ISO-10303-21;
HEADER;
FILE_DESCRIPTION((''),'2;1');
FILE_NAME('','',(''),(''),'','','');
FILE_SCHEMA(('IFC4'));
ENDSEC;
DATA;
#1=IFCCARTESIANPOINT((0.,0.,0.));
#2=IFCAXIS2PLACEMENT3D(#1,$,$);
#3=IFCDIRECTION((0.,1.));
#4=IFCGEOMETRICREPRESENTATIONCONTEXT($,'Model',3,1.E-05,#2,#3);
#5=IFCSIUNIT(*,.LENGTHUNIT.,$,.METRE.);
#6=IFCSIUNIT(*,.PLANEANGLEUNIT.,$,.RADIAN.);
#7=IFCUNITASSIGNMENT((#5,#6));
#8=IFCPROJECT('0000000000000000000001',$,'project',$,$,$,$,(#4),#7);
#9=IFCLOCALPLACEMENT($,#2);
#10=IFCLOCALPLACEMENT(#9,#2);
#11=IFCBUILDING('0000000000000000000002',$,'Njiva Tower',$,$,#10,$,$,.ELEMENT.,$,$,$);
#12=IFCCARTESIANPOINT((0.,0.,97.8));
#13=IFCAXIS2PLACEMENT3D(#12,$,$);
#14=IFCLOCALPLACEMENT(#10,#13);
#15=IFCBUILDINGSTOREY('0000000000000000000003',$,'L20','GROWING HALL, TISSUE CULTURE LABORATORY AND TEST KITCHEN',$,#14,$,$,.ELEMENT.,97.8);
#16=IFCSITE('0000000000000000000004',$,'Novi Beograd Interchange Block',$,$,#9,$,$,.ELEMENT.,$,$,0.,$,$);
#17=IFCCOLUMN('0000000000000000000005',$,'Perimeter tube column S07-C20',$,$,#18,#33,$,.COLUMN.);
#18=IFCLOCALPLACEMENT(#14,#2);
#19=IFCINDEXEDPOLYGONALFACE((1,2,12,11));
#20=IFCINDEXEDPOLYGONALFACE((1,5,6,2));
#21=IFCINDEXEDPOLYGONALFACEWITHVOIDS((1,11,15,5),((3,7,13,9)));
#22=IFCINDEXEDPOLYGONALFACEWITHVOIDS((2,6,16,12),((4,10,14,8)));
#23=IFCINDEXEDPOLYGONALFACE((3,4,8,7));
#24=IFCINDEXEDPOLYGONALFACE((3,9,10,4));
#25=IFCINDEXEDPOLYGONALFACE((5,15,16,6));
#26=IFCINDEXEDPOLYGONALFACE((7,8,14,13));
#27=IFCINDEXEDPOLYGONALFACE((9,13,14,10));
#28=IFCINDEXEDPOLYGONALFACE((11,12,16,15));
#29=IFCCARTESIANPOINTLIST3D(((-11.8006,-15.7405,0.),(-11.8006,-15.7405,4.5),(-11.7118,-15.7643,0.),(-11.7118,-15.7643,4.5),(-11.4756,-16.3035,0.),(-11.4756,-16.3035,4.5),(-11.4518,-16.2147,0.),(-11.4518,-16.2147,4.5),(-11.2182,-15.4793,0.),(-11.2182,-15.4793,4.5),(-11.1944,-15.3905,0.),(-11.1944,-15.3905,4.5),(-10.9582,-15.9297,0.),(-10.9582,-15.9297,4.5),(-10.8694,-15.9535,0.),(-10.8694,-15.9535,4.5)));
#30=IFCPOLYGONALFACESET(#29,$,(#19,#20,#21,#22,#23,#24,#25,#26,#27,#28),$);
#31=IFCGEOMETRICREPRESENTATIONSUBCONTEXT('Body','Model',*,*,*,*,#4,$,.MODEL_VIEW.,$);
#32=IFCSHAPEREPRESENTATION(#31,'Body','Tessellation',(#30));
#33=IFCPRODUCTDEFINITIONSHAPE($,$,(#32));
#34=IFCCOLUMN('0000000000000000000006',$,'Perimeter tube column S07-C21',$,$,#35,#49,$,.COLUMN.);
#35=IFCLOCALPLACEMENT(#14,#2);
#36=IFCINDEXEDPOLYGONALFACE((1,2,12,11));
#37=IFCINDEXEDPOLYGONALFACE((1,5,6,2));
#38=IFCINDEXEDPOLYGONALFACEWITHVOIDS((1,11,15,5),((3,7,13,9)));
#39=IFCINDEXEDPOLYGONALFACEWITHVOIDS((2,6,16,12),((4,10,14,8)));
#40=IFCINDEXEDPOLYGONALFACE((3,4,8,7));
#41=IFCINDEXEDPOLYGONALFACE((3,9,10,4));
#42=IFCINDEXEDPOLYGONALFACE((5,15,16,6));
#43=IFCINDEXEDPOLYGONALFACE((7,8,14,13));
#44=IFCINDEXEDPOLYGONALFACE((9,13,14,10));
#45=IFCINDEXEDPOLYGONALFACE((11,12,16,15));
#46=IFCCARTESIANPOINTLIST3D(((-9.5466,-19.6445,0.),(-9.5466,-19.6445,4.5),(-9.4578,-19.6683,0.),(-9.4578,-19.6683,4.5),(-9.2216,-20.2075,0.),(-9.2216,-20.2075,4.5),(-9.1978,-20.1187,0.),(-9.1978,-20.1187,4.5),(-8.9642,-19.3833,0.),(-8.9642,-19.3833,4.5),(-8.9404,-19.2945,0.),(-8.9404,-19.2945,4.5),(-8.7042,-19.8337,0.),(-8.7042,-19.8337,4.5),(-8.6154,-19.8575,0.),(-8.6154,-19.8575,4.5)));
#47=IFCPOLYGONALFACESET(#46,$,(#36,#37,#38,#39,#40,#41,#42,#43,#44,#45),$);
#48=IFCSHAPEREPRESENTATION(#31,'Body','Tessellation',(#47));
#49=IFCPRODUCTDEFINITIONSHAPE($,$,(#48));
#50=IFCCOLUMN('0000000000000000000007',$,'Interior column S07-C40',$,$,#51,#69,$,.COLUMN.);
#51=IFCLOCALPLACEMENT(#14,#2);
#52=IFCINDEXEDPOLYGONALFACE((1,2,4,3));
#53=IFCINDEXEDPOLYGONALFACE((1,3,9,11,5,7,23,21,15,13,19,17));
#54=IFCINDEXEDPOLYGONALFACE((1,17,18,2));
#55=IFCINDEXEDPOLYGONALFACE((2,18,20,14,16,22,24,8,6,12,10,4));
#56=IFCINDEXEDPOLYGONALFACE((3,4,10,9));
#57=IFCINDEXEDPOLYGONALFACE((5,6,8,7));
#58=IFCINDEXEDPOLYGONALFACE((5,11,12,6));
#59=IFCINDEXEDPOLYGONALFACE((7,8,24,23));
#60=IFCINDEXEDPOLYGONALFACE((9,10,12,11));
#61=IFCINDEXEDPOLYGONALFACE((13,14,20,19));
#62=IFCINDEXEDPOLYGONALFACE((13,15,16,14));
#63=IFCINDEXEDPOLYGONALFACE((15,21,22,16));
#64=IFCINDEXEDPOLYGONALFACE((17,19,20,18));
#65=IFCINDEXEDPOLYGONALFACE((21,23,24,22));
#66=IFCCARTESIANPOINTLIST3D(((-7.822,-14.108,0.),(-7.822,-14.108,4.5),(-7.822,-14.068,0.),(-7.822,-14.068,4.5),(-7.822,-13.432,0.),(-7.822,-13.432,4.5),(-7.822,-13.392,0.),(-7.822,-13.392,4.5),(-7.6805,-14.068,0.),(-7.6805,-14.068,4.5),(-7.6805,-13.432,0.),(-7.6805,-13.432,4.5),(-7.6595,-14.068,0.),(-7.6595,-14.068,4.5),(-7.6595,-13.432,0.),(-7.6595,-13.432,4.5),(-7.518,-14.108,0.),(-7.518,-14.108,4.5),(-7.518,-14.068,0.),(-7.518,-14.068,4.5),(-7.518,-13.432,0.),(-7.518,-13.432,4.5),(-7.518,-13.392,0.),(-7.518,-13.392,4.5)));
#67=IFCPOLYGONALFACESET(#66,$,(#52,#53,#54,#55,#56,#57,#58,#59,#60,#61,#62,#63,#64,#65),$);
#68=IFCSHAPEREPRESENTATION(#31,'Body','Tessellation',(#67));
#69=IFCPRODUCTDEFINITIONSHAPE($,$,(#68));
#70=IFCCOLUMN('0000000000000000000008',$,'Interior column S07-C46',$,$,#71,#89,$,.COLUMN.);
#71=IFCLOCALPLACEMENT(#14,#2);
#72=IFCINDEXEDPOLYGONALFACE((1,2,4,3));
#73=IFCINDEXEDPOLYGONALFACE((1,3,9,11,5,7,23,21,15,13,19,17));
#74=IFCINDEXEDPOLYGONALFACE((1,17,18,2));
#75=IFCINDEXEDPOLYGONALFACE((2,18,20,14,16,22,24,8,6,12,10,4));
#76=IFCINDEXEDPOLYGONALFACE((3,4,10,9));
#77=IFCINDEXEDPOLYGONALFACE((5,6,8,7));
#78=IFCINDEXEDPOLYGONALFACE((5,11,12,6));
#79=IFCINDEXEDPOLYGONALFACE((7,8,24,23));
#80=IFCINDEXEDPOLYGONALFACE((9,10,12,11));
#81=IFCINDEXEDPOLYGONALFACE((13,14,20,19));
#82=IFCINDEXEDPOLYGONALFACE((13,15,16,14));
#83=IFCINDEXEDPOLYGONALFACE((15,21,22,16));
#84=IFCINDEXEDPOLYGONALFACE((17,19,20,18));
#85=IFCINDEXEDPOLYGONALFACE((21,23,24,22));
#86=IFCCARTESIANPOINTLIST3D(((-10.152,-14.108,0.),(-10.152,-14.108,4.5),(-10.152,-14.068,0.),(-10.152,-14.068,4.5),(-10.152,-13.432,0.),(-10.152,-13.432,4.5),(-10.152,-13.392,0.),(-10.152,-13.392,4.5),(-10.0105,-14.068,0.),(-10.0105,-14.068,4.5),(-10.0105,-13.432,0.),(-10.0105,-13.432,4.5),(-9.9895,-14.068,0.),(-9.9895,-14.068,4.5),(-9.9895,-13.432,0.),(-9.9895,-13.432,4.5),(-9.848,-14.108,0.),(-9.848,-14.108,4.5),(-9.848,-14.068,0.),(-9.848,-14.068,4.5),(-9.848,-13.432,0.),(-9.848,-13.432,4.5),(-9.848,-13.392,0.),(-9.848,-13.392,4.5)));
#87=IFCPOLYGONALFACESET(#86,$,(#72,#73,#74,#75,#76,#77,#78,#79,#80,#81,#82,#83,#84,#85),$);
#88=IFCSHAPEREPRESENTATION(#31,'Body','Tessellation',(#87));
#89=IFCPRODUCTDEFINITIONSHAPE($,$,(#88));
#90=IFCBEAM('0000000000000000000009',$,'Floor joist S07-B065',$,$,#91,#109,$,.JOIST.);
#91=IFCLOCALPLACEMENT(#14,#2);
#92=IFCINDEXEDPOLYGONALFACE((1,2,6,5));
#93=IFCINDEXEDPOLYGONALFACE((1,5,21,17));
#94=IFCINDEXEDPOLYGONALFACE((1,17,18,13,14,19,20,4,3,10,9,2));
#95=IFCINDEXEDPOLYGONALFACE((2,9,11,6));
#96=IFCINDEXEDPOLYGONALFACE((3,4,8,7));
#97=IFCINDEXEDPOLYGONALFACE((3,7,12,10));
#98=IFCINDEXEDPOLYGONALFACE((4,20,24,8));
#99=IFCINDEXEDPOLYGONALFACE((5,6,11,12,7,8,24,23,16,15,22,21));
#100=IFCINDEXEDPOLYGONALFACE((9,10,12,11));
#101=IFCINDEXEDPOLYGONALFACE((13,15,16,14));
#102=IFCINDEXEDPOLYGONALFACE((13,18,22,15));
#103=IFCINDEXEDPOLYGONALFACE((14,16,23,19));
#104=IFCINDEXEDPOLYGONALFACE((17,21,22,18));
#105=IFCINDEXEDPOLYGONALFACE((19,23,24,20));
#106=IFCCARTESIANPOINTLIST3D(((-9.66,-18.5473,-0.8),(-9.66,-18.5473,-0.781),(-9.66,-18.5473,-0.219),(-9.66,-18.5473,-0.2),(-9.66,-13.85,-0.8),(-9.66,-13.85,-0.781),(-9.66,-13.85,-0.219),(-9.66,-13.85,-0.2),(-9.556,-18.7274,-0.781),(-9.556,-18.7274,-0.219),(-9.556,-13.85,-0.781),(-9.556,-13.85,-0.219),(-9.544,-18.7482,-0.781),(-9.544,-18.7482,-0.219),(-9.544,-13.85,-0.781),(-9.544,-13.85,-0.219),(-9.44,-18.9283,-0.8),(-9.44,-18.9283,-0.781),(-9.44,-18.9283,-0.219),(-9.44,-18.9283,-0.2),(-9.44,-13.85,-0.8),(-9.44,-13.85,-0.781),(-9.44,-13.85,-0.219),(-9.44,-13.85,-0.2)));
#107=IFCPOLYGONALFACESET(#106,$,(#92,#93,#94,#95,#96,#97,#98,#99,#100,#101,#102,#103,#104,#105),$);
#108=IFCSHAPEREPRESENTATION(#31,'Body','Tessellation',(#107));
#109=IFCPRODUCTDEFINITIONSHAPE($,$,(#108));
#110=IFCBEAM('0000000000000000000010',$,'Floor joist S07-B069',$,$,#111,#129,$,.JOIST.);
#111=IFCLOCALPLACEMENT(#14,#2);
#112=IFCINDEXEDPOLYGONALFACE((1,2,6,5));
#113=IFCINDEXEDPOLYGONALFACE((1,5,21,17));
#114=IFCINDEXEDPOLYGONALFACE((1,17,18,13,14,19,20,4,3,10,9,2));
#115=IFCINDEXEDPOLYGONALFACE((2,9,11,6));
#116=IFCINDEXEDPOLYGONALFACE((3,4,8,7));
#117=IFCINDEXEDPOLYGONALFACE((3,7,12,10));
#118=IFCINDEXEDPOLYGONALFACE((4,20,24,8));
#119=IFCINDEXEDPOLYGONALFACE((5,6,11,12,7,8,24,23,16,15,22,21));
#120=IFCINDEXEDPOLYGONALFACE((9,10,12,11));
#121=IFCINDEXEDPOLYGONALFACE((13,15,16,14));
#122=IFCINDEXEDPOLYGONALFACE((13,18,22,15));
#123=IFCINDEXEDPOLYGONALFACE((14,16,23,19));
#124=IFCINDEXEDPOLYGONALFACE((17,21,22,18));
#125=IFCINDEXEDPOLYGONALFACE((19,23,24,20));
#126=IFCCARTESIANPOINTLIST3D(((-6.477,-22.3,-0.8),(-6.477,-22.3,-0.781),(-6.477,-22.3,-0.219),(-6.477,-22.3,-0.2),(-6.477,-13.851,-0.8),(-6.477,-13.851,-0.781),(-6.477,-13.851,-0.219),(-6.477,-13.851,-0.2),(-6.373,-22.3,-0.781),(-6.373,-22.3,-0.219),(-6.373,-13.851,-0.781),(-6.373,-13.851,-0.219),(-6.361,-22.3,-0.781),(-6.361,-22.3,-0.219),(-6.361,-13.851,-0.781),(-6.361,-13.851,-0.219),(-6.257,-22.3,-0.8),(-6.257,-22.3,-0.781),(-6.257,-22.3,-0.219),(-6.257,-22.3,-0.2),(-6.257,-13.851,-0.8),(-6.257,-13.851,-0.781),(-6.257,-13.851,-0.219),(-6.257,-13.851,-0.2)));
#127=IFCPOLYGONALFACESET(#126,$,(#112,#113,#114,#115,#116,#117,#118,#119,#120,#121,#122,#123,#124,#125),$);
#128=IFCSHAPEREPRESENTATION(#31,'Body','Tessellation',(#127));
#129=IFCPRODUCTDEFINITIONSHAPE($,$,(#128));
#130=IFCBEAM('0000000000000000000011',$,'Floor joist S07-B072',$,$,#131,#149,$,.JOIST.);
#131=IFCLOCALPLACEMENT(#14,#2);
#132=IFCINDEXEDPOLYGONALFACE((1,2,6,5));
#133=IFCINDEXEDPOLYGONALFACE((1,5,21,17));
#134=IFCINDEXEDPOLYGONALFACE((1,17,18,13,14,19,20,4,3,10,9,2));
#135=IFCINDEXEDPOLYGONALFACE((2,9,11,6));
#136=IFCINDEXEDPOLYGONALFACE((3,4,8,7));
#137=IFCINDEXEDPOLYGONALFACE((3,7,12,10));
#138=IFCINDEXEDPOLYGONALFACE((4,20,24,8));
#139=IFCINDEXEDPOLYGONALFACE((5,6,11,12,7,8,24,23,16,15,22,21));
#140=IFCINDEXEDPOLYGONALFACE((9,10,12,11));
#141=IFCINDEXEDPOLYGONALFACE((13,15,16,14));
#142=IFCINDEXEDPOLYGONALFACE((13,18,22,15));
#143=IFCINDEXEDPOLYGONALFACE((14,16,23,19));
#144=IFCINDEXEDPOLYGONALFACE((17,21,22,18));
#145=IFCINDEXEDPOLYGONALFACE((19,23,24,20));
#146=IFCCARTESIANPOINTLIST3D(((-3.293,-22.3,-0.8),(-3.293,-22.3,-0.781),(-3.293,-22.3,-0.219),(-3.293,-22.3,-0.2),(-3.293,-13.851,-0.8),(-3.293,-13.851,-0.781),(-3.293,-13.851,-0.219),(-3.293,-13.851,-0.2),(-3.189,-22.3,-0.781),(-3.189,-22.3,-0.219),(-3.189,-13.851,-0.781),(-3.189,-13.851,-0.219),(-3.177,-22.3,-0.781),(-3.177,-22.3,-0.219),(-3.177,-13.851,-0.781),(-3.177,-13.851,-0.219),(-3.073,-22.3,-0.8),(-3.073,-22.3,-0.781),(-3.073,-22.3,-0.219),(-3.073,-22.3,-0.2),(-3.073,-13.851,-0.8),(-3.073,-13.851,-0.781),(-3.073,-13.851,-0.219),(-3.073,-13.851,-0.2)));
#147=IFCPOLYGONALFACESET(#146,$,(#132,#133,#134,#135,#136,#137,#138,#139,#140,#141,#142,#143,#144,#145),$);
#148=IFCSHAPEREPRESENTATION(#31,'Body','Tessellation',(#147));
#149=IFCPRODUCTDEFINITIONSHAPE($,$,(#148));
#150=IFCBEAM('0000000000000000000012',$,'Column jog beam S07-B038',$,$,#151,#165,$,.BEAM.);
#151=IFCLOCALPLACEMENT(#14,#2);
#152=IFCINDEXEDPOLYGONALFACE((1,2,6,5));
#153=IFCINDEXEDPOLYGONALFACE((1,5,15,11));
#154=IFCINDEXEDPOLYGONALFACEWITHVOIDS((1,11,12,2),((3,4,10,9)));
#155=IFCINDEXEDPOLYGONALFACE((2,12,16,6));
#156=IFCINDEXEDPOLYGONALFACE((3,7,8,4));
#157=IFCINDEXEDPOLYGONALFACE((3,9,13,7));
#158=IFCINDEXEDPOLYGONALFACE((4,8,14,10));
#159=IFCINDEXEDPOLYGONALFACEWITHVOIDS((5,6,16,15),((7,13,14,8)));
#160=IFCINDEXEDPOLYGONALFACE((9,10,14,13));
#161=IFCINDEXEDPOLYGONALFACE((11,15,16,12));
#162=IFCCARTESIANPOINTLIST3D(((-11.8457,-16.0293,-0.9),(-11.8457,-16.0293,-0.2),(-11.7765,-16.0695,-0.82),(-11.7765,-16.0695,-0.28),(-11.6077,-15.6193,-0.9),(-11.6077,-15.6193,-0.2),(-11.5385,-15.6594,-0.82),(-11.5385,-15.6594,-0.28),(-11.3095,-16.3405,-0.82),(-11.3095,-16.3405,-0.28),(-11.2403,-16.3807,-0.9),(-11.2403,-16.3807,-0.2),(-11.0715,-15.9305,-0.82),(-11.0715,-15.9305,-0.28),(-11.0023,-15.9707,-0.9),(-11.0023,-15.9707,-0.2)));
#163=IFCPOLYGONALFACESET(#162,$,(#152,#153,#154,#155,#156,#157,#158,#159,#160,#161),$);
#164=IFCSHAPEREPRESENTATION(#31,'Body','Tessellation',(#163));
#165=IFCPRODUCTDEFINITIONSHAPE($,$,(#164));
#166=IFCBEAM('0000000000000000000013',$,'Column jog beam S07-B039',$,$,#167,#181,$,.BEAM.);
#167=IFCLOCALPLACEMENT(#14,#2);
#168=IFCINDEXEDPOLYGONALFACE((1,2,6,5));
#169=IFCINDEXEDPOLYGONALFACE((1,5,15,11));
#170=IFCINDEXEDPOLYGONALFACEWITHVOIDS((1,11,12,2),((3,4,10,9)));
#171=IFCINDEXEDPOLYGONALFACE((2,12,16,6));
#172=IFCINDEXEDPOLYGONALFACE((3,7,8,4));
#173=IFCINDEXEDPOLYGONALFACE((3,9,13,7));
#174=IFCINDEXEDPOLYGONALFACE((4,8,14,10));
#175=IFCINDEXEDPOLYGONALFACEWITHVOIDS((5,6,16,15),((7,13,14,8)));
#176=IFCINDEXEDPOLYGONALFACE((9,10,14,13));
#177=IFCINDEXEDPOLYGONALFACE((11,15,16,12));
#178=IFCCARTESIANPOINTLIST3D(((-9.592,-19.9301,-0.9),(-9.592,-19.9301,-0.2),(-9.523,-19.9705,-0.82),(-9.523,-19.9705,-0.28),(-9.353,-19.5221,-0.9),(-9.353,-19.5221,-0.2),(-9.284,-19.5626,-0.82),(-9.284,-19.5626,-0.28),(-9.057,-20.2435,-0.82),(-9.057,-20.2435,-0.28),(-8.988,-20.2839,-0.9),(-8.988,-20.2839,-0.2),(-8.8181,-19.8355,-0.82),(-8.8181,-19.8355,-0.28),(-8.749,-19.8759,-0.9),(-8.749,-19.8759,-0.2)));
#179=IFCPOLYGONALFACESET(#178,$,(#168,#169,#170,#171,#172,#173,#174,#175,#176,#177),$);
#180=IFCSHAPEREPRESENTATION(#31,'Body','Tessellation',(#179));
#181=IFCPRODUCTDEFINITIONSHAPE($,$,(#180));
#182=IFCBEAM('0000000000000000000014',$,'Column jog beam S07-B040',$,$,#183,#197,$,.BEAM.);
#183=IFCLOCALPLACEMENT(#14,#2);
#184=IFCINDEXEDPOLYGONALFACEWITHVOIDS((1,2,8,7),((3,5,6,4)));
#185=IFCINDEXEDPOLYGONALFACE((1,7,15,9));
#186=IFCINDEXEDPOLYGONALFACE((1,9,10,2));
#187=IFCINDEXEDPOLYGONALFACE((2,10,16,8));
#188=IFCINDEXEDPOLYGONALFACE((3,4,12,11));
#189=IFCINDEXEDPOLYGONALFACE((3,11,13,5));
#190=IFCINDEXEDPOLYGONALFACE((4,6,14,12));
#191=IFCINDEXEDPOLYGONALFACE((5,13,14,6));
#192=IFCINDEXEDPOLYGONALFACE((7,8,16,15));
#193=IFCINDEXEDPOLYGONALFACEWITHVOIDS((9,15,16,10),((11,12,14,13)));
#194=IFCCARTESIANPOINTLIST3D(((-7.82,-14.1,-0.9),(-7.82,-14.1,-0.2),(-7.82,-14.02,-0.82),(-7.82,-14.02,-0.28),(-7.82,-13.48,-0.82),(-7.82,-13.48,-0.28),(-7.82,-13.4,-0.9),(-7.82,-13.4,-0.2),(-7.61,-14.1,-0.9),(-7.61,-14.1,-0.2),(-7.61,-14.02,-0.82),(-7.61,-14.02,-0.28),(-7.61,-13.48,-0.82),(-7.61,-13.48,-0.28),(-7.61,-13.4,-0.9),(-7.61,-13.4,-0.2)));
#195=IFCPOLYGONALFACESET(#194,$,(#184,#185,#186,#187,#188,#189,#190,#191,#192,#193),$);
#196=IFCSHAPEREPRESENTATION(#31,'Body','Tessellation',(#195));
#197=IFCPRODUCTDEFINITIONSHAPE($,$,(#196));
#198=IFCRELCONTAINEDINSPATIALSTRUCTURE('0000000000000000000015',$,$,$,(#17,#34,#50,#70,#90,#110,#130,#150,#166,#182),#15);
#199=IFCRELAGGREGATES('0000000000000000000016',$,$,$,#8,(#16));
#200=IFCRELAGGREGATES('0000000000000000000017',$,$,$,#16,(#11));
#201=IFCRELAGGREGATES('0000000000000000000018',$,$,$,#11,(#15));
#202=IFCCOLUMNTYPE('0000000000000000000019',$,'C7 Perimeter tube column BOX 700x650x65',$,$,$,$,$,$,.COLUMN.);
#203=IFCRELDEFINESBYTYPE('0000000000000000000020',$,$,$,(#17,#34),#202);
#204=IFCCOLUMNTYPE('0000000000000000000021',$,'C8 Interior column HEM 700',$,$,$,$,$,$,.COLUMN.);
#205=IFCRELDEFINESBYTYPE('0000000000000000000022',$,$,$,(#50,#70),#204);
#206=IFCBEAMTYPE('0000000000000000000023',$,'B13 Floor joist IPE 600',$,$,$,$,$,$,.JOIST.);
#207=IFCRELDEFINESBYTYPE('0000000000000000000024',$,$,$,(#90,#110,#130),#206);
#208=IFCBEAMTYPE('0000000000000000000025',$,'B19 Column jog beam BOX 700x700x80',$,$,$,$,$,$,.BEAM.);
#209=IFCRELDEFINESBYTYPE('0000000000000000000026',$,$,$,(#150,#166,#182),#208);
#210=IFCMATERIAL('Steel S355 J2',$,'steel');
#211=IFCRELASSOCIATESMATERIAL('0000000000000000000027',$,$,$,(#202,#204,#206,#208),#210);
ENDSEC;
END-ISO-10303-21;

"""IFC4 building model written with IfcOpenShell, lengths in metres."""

from ifc_helpers import new_model, si_unit, direction, frame, origin, origin_2d, place, context, subcontext, project, spatial, hollow_rectangle, i_section, extrude, clip, halfspace, material, material_profile, profile_set, type_object, element, save


model = new_model("IFC4")

# Units and contexts
model_context = context("Model", 3, precision=1e-05, world=origin(), true_north=direction((0.0, 1.0)))
body_context = subcontext(model_context, "Body", "Model", "MODEL_VIEW")
ifc_project = project(units=[si_unit("LENGTHUNIT", "METRE"), si_unit("PLANEANGLEUNIT", "RADIAN")], contexts=[model_context])

# Site, building, storey
site_placement = place(None, origin())
site = spatial("IfcSite", under=ifc_project, at=site_placement, Name="Novi Beograd Interchange Block", CompositionType="ELEMENT", RefElevation=0.0)
building_placement = place(site_placement, origin())
building = spatial("IfcBuilding", under=site, at=building_placement, Name="Njiva Tower", CompositionType="ELEMENT")
storey_placement = place(building_placement, frame((0.0, 0.0, 97.8)))
storey = spatial("IfcBuildingStorey", under=building, at=storey_placement, Name="L20", Description="GROWING HALL, TISSUE CULTURE LABORATORY AND TEST KITCHEN", CompositionType="ELEMENT", Elevation=97.8)

# Columns
ifc_material_1 = material(Name="Steel S355 J2", Category="steel")
ifc_material_profile_1 = material_profile(ifc_material_1, hollow_rectangle(XDim=0.65, YDim=0.7, WallThickness=0.065, at=origin_2d()), Name="BOX 700x650x65")
ifc_profile_set_1 = profile_set([ifc_material_profile_1], Name="Steel S355 J2")
column_type_1 = type_object("IfcColumnType", Name="C7 Perimeter tube column BOX 700x650x65", PredefinedType="COLUMN", material=ifc_profile_set_1)
for number, where, z_axis, x_axis, name in (
    (1, (-11.335, -15.847, 0.0), (0.0, 0.0, 1.0), (0.5, -0.866025, 0.0), "Perimeter tube column S07-C20"),
    (2, (-9.081, -19.751, 0.0), (0.0, 0.0, 1.0), (0.5, -0.866025, 0.0), "Perimeter tube column S07-C21"),
):
    element("IfcColumn", number, at=place(storey_placement, frame(where, z_axis=z_axis, x_axis=x_axis)), inside=storey, type_object=column_type_1, Name=name, PredefinedType="COLUMN", context=body_context, shape_type="SweptSolid", body=[
        extrude(hollow_rectangle(XDim=0.65, YDim=0.7, WallThickness=0.065, at=origin_2d()), origin(), (0.0, 0.0, 1.0), 4.5),
    ])
ifc_material_profile_2 = material_profile(ifc_material_1, i_section(OverallWidth=0.304, OverallDepth=0.716, WebThickness=0.021, FlangeThickness=0.04, at=origin_2d()), Name="HEM 700")
ifc_profile_set_2 = profile_set([ifc_material_profile_2], Name="Steel S355 J2")
column_type_2 = type_object("IfcColumnType", Name="C8 Interior column HEM 700", PredefinedType="COLUMN", material=ifc_profile_set_2)
for number, where, z_axis, x_axis, name in (
    (3, (-7.67, -13.75, 0.0), (0.0, 0.0, 1.0), (1.0, 0.0, 0.0), "Interior column S07-C40"),
    (4, (-10.0, -13.75, 0.0), (0.0, 0.0, 1.0), (1.0, 0.0, 0.0), "Interior column S07-C46"),
):
    element("IfcColumn", number, at=place(storey_placement, frame(where, z_axis=z_axis, x_axis=x_axis)), inside=storey, type_object=column_type_2, Name=name, PredefinedType="COLUMN", context=body_context, shape_type="SweptSolid", body=[
        extrude(i_section(OverallWidth=0.304, OverallDepth=0.716, WebThickness=0.021, FlangeThickness=0.04, at=origin_2d()), origin(), (0.0, 0.0, 1.0), 4.5),
    ])

# Beams
ifc_material_profile_3 = material_profile(ifc_material_1, i_section(OverallWidth=0.22, OverallDepth=0.6, WebThickness=0.012, FlangeThickness=0.019, at=origin_2d()), Name="IPE 600")
ifc_profile_set_3 = profile_set([ifc_material_profile_3], Name="Steel S355 J2")
beam_type_1 = type_object("IfcBeamType", Name="B13 Floor joist IPE 600", PredefinedType="JOIST", material=ifc_profile_set_3)
beam_1_placement = place(storey_placement, frame((-9.55, -13.85, -0.5), z_axis=(0.0, -1.0, 0.0), x_axis=(1.0, 0.0, 0.0)))
element("IfcBeam", 5, at=beam_1_placement, inside=storey, type_object=beam_type_1, Name="Floor joist S07-B065", PredefinedType="JOIST", context=body_context, shape_type="Clipping", body=[
    clip(extrude(i_section(OverallWidth=0.22, OverallDepth=0.6, WebThickness=0.012, FlangeThickness=0.019, at=origin_2d()), origin(), (0.0, 0.0, 1.0), 5.099), halfspace(frame((-0.0433, 0.0, 4.8128), z_axis=(-0.866027, 0.0, 0.499998), x_axis=(0.0, 1.0, 0.0)), False)),
])
for number, where, z_axis, x_axis, name in (
    (6, (-6.367, -13.851, -0.5), (0.0, -1.0, 0.0), (1.0, 0.0, 0.0), "Floor joist S07-B069"),
    (7, (-3.183, -13.851, -0.5), (0.0, -1.0, 0.0), (1.0, 0.0, 0.0), "Floor joist S07-B072"),
):
    element("IfcBeam", number, at=place(storey_placement, frame(where, z_axis=z_axis, x_axis=x_axis)), inside=storey, type_object=beam_type_1, Name=name, PredefinedType="JOIST", context=body_context, shape_type="SweptSolid", body=[
        extrude(i_section(OverallWidth=0.22, OverallDepth=0.6, WebThickness=0.012, FlangeThickness=0.019, at=origin_2d()), origin(), (0.0, 0.0, 1.0), 8.449),
    ])
ifc_material_profile_4 = material_profile(ifc_material_1, hollow_rectangle(XDim=0.7, YDim=0.7, WallThickness=0.08, at=origin_2d()), Name="BOX 700x700x80")
ifc_profile_set_4 = profile_set([ifc_material_profile_4], Name="Steel S355 J2")
beam_type_2 = type_object("IfcBeamType", Name="B19 Column jog beam BOX 700x700x80", PredefinedType="BEAM", material=ifc_profile_set_4)
beam_2_placement = place(storey_placement, frame((-11.543, -16.205, -0.55), z_axis=(0.502034, 0.864848, 0.0), x_axis=(-0.864848, 0.502034, 0.0)))
element("IfcBeam", 8, at=beam_2_placement, inside=storey, type_object=beam_type_2, Name="Column jog beam S07-B038", PredefinedType="BEAM", context=body_context, shape_type="SweptSolid", body=[
    extrude(hollow_rectangle(XDim=0.7, YDim=0.7, WallThickness=0.08, at=origin_2d()), origin(), (0.0, 0.0, 1.0), 0.4741),
])
beam_3_placement = place(storey_placement, frame((-9.29, -20.107, -0.55), z_axis=(0.505448, 0.862857, 0.0), x_axis=(-0.862857, 0.505448, 0.0)))
element("IfcBeam", 9, at=beam_3_placement, inside=storey, type_object=beam_type_2, Name="Column jog beam S07-B039", PredefinedType="BEAM", context=body_context, shape_type="SweptSolid", body=[
    extrude(hollow_rectangle(XDim=0.7, YDim=0.7, WallThickness=0.08, at=origin_2d()), origin(), (0.0, 0.0, 1.0), 0.4728),
])
beam_4_placement = place(storey_placement, frame((-7.82, -13.75, -0.55), z_axis=(1.0, 0.0, 0.0), x_axis=(0.0, 1.0, 0.0)))
element("IfcBeam", 10, at=beam_4_placement, inside=storey, type_object=beam_type_2, Name="Column jog beam S07-B040", PredefinedType="BEAM", context=body_context, shape_type="SweptSolid", body=[
    extrude(hollow_rectangle(XDim=0.7, YDim=0.7, WallThickness=0.08, at=origin_2d()), origin(), (0.0, 0.0, 1.0), 0.21),
])

save(model, "model.ifc")
